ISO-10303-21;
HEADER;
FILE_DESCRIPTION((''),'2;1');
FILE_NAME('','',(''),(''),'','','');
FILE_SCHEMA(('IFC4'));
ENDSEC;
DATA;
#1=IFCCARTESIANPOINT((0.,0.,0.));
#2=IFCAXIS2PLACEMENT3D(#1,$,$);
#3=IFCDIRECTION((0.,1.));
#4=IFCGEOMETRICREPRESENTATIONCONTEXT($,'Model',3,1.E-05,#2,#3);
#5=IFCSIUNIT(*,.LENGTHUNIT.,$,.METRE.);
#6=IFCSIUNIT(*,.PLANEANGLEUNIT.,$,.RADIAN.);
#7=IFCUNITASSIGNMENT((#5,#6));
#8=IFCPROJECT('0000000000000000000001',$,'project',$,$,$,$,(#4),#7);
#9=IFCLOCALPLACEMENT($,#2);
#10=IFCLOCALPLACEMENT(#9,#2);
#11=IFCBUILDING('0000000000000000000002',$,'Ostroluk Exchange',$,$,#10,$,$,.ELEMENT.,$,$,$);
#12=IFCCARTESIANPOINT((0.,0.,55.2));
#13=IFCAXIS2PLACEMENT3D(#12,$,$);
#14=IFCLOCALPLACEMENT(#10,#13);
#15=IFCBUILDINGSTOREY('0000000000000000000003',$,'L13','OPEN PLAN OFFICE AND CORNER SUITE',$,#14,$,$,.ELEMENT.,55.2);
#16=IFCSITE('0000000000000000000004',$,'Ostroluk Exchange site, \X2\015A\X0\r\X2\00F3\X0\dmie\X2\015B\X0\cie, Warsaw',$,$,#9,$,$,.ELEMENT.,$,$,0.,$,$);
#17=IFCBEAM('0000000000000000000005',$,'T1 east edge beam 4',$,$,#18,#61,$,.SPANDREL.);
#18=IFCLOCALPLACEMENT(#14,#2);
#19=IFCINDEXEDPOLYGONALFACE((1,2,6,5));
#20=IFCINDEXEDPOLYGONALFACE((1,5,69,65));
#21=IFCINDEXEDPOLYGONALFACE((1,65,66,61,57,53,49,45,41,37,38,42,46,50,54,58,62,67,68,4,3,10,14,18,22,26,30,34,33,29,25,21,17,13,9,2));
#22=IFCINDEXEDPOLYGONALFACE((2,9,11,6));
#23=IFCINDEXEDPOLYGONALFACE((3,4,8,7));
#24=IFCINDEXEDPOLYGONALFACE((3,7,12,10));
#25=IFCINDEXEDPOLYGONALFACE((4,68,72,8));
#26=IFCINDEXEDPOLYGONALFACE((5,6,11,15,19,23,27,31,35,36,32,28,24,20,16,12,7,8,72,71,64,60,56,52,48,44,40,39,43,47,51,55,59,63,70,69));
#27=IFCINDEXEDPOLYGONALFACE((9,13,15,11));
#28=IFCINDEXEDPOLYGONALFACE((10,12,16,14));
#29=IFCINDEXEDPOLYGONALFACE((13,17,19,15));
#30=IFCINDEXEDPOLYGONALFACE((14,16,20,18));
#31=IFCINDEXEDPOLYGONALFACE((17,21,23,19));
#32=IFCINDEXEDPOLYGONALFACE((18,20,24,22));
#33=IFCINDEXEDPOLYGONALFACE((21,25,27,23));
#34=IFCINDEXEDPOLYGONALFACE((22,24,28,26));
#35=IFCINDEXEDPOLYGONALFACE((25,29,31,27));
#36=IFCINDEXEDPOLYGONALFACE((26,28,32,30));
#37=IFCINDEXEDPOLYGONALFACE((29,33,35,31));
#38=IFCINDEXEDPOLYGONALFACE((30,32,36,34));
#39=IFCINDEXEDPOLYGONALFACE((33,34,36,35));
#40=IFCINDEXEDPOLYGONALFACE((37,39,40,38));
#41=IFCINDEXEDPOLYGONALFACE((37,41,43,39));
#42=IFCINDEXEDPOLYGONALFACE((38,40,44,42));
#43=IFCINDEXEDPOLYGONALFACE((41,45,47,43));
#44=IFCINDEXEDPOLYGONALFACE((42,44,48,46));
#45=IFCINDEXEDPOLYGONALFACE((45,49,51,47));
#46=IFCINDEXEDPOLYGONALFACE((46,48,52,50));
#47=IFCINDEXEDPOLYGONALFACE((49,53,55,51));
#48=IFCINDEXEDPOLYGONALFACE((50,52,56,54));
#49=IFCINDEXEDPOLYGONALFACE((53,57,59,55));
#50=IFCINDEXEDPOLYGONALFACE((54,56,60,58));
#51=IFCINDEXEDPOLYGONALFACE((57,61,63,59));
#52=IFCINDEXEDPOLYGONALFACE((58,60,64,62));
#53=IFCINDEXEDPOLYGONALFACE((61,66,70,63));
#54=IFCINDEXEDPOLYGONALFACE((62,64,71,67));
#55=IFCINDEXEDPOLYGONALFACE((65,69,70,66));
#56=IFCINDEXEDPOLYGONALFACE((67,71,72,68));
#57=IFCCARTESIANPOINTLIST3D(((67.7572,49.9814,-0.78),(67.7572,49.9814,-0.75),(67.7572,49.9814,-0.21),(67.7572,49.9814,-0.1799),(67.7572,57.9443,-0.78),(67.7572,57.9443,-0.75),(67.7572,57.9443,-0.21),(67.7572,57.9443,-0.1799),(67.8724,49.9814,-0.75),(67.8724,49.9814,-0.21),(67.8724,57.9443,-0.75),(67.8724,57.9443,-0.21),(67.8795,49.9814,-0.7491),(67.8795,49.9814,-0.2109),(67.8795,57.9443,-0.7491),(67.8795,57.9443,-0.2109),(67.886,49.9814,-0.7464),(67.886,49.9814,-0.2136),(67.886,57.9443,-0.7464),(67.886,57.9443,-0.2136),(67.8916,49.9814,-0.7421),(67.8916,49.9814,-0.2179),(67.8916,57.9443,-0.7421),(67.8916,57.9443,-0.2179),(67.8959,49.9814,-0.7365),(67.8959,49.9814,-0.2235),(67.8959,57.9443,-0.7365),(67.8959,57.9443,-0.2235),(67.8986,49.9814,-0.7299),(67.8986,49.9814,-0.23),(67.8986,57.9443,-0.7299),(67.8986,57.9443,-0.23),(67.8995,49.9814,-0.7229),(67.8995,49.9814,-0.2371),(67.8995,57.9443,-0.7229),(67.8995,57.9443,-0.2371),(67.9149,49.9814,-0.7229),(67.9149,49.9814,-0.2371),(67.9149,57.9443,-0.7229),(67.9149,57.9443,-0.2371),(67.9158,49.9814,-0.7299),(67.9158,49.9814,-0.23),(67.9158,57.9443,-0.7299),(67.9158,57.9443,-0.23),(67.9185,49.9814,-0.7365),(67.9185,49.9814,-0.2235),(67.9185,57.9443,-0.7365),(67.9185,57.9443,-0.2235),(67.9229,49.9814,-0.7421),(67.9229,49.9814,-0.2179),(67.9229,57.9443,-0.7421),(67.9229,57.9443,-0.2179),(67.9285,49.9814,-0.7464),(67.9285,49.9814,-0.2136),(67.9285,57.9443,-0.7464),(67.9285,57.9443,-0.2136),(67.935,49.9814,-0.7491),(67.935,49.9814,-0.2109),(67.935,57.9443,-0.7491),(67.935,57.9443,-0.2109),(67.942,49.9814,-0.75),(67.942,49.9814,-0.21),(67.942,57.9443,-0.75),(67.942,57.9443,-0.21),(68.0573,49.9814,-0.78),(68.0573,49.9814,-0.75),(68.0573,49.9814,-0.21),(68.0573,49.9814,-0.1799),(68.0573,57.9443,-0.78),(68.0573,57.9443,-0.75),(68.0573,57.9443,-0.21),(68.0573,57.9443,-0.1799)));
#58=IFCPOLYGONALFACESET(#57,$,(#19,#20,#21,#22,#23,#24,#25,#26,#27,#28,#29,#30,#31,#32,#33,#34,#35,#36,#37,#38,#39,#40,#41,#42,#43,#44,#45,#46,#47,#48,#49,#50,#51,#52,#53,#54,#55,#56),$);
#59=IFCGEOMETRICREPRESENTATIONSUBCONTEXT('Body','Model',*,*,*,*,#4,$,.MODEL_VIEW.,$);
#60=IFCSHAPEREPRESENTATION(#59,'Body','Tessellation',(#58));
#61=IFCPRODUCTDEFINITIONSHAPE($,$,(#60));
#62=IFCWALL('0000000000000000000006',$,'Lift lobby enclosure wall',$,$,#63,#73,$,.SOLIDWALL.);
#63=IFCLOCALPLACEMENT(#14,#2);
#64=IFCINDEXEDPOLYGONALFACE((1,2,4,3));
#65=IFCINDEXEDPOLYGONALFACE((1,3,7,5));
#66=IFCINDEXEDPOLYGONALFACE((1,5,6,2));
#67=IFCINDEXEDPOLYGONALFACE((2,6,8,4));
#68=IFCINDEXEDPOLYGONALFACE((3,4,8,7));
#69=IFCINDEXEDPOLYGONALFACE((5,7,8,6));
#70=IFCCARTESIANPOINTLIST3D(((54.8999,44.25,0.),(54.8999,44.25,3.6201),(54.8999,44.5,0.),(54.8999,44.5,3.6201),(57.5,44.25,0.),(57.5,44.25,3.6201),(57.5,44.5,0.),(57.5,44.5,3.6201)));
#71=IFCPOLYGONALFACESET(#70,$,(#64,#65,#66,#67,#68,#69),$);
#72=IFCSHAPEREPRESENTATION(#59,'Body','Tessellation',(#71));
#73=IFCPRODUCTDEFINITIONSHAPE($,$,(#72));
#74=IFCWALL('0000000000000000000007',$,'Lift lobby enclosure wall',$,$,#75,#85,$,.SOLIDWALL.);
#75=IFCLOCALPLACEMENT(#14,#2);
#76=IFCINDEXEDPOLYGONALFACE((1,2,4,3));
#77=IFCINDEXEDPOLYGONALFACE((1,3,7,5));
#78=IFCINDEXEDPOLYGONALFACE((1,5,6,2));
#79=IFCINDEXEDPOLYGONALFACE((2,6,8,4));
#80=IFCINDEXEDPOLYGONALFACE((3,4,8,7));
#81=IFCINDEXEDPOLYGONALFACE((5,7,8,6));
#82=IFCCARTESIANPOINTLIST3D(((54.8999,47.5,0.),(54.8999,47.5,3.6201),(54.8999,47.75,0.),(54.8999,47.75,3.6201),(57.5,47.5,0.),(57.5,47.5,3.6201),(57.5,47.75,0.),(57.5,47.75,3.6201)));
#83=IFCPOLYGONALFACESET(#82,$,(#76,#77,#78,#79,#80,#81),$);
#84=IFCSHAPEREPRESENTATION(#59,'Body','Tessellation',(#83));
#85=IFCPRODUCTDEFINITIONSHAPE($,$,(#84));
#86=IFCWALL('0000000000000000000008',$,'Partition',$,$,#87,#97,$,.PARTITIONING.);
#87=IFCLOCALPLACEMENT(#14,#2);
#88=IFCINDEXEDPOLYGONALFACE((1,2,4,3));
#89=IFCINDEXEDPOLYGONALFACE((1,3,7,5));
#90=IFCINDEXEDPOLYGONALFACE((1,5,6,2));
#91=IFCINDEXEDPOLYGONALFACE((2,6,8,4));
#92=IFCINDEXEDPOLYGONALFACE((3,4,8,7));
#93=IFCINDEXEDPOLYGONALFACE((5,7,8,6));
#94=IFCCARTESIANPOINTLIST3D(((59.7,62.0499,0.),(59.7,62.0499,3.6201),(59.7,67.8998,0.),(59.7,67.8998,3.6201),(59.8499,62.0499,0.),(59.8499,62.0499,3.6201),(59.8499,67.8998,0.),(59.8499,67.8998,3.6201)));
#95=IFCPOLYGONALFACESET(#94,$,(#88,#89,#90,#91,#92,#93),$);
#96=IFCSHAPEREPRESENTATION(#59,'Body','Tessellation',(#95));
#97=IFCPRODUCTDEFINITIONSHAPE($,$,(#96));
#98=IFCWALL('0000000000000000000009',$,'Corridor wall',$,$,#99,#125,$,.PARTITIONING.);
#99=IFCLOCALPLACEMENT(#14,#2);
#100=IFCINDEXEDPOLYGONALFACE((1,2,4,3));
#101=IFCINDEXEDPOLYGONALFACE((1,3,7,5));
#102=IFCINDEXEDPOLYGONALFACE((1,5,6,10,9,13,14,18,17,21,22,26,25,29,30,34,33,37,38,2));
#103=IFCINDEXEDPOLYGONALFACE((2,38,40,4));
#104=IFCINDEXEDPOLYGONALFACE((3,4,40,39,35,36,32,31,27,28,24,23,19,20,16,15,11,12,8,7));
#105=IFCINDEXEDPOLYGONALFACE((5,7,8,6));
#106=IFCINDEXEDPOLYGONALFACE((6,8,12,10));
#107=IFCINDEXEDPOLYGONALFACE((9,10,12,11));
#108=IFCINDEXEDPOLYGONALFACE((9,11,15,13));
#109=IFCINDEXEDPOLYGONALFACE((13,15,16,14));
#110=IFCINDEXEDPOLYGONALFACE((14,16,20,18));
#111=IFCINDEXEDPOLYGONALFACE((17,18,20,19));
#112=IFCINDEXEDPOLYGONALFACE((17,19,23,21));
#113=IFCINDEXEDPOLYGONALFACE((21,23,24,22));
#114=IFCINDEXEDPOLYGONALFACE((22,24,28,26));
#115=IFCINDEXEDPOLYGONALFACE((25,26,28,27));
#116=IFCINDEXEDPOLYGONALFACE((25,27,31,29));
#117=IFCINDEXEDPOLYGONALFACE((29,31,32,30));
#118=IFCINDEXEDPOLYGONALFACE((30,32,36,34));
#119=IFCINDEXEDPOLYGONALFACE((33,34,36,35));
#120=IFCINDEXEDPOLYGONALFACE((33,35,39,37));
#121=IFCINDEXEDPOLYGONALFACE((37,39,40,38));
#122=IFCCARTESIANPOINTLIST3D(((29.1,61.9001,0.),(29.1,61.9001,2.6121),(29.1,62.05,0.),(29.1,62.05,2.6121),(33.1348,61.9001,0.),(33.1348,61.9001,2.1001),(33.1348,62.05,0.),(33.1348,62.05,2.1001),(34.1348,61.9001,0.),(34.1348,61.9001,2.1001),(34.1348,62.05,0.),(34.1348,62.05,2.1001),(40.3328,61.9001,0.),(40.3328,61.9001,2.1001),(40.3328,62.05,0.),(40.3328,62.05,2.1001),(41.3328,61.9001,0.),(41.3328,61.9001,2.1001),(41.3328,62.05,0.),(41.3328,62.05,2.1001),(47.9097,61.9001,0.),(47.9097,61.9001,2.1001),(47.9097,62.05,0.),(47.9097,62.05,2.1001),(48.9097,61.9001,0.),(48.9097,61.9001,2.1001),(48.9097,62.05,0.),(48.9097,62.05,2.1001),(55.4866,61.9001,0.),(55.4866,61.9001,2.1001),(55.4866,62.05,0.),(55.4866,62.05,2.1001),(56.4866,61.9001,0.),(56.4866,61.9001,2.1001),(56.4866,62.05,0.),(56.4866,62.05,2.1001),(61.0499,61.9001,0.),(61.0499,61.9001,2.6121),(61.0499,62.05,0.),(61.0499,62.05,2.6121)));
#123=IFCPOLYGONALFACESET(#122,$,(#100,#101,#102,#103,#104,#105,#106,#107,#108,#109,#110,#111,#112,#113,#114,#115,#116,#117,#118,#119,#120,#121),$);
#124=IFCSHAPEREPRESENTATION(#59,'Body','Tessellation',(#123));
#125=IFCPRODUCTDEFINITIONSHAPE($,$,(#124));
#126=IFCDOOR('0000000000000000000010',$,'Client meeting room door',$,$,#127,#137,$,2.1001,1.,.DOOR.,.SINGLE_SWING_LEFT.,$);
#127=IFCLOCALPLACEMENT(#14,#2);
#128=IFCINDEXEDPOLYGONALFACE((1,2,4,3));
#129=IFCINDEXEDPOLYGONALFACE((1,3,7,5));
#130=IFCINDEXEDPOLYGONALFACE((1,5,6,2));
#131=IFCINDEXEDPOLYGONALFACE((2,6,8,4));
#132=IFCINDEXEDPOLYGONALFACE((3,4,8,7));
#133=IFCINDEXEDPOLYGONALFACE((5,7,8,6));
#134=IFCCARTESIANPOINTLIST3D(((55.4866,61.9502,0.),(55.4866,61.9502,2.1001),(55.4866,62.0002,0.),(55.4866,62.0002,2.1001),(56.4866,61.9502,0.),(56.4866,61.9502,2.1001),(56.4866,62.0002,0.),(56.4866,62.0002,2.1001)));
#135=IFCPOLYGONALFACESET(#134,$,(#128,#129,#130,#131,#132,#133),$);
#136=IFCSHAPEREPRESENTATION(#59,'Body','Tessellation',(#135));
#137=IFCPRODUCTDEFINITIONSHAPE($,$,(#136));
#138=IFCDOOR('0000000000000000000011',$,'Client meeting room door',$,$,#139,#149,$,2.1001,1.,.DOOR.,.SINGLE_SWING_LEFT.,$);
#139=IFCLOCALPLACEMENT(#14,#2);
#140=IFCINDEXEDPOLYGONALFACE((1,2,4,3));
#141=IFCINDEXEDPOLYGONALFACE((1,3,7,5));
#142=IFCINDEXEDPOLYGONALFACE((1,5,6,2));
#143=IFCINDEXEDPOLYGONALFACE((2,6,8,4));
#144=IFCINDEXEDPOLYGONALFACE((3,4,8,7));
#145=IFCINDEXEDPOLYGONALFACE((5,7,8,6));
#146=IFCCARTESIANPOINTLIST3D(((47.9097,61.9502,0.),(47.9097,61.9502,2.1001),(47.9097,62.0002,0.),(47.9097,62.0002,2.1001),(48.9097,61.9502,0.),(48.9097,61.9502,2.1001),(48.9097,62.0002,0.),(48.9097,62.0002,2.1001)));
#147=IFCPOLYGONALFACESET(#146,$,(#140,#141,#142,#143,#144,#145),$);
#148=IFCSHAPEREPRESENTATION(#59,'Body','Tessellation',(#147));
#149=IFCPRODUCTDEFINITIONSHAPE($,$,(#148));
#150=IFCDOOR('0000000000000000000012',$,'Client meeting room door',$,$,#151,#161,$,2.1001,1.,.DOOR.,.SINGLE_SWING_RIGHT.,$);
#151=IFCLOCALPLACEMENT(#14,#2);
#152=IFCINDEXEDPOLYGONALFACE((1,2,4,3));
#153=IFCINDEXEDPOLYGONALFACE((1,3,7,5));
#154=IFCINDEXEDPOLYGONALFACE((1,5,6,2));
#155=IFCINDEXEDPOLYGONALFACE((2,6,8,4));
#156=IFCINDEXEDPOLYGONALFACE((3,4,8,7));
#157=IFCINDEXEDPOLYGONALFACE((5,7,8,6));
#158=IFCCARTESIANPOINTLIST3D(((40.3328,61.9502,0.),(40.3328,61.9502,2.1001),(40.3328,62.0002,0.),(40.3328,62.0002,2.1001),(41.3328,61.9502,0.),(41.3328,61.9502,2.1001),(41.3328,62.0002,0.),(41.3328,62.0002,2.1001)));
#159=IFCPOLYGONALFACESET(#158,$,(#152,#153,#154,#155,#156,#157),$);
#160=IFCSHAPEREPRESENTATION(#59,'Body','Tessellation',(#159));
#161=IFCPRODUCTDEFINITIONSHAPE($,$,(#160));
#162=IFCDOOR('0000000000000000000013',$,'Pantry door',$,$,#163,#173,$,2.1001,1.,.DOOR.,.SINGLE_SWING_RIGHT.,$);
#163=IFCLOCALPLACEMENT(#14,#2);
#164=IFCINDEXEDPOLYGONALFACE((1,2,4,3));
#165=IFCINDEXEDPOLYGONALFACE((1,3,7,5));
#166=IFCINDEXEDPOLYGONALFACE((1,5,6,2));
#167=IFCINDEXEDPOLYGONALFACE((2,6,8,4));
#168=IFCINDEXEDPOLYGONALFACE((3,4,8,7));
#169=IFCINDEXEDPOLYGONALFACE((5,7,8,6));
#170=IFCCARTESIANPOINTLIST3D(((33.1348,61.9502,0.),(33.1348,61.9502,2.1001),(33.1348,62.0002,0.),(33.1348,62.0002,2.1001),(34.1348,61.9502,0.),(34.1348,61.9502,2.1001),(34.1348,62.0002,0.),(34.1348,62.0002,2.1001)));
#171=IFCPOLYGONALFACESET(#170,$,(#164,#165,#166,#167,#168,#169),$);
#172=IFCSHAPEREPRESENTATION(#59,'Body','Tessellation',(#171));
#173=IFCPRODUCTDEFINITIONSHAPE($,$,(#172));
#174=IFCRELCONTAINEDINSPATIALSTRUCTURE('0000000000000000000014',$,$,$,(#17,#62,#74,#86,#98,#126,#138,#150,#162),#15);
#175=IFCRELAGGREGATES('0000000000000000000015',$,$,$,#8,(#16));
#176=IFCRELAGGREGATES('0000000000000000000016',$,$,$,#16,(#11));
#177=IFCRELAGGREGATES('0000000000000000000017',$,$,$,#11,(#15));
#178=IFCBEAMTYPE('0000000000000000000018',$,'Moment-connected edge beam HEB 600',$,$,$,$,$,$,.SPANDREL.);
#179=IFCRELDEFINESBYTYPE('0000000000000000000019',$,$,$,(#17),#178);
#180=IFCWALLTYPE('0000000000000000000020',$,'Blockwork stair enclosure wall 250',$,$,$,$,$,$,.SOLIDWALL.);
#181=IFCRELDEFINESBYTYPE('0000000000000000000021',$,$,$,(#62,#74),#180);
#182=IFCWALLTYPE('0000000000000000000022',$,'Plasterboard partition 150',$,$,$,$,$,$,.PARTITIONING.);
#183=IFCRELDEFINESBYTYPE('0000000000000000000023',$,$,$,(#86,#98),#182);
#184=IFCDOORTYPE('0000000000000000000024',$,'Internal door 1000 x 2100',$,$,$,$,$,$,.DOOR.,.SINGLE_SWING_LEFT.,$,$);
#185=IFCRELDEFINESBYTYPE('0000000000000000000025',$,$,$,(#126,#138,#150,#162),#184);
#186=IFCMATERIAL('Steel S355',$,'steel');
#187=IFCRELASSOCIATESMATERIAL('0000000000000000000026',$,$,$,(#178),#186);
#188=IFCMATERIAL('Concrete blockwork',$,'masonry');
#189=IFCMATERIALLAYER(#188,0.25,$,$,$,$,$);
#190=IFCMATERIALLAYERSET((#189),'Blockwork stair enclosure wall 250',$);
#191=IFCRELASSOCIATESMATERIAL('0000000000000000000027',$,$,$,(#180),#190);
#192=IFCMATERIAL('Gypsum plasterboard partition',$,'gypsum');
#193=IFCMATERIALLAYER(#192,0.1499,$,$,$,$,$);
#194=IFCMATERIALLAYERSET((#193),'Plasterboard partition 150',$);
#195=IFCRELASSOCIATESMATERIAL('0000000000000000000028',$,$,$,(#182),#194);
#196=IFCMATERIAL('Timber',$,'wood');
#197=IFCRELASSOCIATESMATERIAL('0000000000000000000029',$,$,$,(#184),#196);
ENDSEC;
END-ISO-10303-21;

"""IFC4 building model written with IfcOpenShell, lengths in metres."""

from ifc_helpers import new_model, si_unit, direction, frame, frame_2d, origin, origin_2d, place, context, subcontext, project, spatial, rectangle, i_section, extrude, material, layer, layer_set, material_profile, profile_set, type_object, element, fill, save


model = new_model("IFC4")

# Units and contexts
model_context = context("Model", 3, precision=1e-05, world=origin(), true_north=direction((0.0, 1.0)))
body_context = subcontext(model_context, "Body", "Model", "MODEL_VIEW")
ifc_project = project(units=[si_unit("LENGTHUNIT", "METRE"), si_unit("PLANEANGLEUNIT", "RADIAN")], contexts=[model_context])

# Site, building, storey
site_placement = place(None, origin())
site = spatial("IfcSite", under=ifc_project, at=site_placement, Name="Ostroluk Exchange site, Śródmieście, Warsaw", CompositionType="ELEMENT", RefElevation=0.0)
building_placement = place(site_placement, origin())
building = spatial("IfcBuilding", under=site, at=building_placement, Name="Ostroluk Exchange", CompositionType="ELEMENT")
storey_placement = place(building_placement, frame((0.0, 0.0, 55.2)))
storey = spatial("IfcBuildingStorey", under=building, at=storey_placement, Name="L13", Description="OPEN PLAN OFFICE AND CORNER SUITE", CompositionType="ELEMENT", Elevation=55.2)

# Beam
ifc_material_1 = material(Name="Steel S355", Category="steel")
ifc_material_profile_1 = material_profile(ifc_material_1, i_section(OverallWidth=0.3, OverallDepth=0.6001, WebThickness=0.0154, FlangeThickness=0.03, FilletRadius=0.0271, at=origin_2d()), Name="HEB 600")
ifc_profile_set_1 = profile_set([ifc_material_profile_1], Name="Steel S355")
beam_type_1 = type_object("IfcBeamType", Name="Moment-connected edge beam HEB 600", PredefinedType="SPANDREL", material=ifc_profile_set_1)
beam_1_placement = place(storey_placement, frame((67.9072, 49.9814, -0.48), z_axis=(0.0, 1.0, 0.0), x_axis=(-1.0, 0.0, 0.0)))
element("IfcBeam", 1, at=beam_1_placement, inside=storey, type_object=beam_type_1, Name="T1 east edge beam 4", PredefinedType="SPANDREL", context=body_context, shape_type="SweptSolid", body=[
    extrude(i_section(OverallWidth=0.3, OverallDepth=0.6001, WebThickness=0.0154, FlangeThickness=0.03, FilletRadius=0.0271, at=origin_2d()), origin(), (0.0, 0.0, 1.0), 7.9629),
])

# Walls
ifc_material_2 = material(Name="Concrete blockwork", Category="masonry")
ifc_layer_1 = layer(ifc_material_2, 0.25)
ifc_layer_set_1 = layer_set([ifc_layer_1], Name="Blockwork stair enclosure wall 250")
wall_type_1 = type_object("IfcWallType", Name="Blockwork stair enclosure wall 250", PredefinedType="SOLIDWALL", material=ifc_layer_set_1)
for number, where, z_axis, x_axis, name in (
    (2, (54.8999, 44.375, 0.0), (0.0, 0.0, 1.0), (1.0, 0.0, 0.0), "Lift lobby enclosure wall"),
    (3, (54.8999, 47.625, 0.0), (0.0, 0.0, 1.0), (1.0, 0.0, 0.0), "Lift lobby enclosure wall"),
):
    element("IfcWall", number, at=place(storey_placement, frame(where, z_axis=z_axis, x_axis=x_axis)), inside=storey, type_object=wall_type_1, Name=name, PredefinedType="SOLIDWALL", context=body_context, shape_type="SweptSolid", body=[
        extrude(rectangle(XDim=2.6001, YDim=0.25, at=frame_2d((1.3, 0.0))), origin(), (0.0, 0.0, 1.0), 3.6201),
    ])
ifc_material_3 = material(Name="Gypsum plasterboard partition", Category="gypsum")
ifc_layer_2 = layer(ifc_material_3, 0.1499)
ifc_layer_set_2 = layer_set([ifc_layer_2], Name="Plasterboard partition 150")
wall_type_2 = type_object("IfcWallType", Name="Plasterboard partition 150", PredefinedType="PARTITIONING", material=ifc_layer_set_2)
wall_1_placement = place(storey_placement, frame((59.7749, 62.05, 0.0), z_axis=(0.0, 0.0, 1.0), x_axis=(0.0, 1.0, 0.0)))
element("IfcWall", 4, at=wall_1_placement, inside=storey, type_object=wall_type_2, Name="Partition", PredefinedType="PARTITIONING", context=body_context, shape_type="SweptSolid", body=[
    extrude(rectangle(XDim=5.8499, YDim=0.1499, at=frame_2d((2.9248, 0.0))), origin(), (0.0, 0.0, 1.0), 3.6201),
])

# Wall, openings, doors
wall_2_placement = place(storey_placement, frame((61.05, 61.9751, 0.0), z_axis=(0.0, 0.0, 1.0), x_axis=(-1.0, 0.0, 0.0)))
wall_2 = element("IfcWall", 5, at=wall_2_placement, inside=storey, type_object=wall_type_2, Name="Corridor wall", PredefinedType="PARTITIONING", context=body_context, shape_type="SweptSolid", body=[
    extrude(rectangle(XDim=31.95, YDim=0.1499, at=frame_2d((15.9751, 0.0))), origin(), (0.0, 0.0, 1.0), 2.6121),
])
opening_1_placement = place(wall_2_placement, frame((4.5635, 0.0, 0.0)))
opening_1 = element("IfcOpeningElement", 6, at=opening_1_placement, cuts=wall_2, PredefinedType="OPENING", context=body_context, shape_type="SweptSolid", body=[
    extrude(rectangle(XDim=1.0, YDim=2.1001, at=frame_2d((0.5, 1.05))), frame((0.0, 0.085, 0.0), z_axis=(0.0, -1.0, 0.0), x_axis=(1.0, 0.0, 0.0)), (0.0, 0.0, 1.0), 0.1699),
])
opening_2_placement = place(wall_2_placement, frame((12.1404, 0.0, 0.0)))
opening_2 = element("IfcOpeningElement", 7, at=opening_2_placement, cuts=wall_2, PredefinedType="OPENING", context=body_context, shape_type="SweptSolid", body=[
    extrude(rectangle(XDim=1.0, YDim=2.1001, at=frame_2d((0.5, 1.05))), frame((0.0, 0.085, 0.0), z_axis=(0.0, -1.0, 0.0), x_axis=(1.0, 0.0, 0.0)), (0.0, 0.0, 1.0), 0.1699),
])
opening_3_placement = place(wall_2_placement, frame((19.7173, 0.0, 0.0)))
opening_3 = element("IfcOpeningElement", 8, at=opening_3_placement, cuts=wall_2, PredefinedType="OPENING", context=body_context, shape_type="SweptSolid", body=[
    extrude(rectangle(XDim=1.0, YDim=2.1001, at=frame_2d((0.5, 1.05))), frame((0.0, 0.085, 0.0), z_axis=(0.0, -1.0, 0.0), x_axis=(1.0, 0.0, 0.0)), (0.0, 0.0, 1.0), 0.1699),
])
opening_4_placement = place(wall_2_placement, frame((26.9153, 0.0, 0.0)))
opening_4 = element("IfcOpeningElement", 9, at=opening_4_placement, cuts=wall_2, PredefinedType="OPENING", context=body_context, shape_type="SweptSolid", body=[
    extrude(rectangle(XDim=1.0, YDim=2.1001, at=frame_2d((0.5, 1.05))), frame((0.0, 0.085, 0.0), z_axis=(0.0, -1.0, 0.0), x_axis=(1.0, 0.0, 0.0)), (0.0, 0.0, 1.0), 0.1699),
])
ifc_material_4 = material(Name="Timber", Category="wood")
door_type = type_object("IfcDoorType", Name="Internal door 1000 x 2100", OperationType="SINGLE_SWING_LEFT", PredefinedType="DOOR", material=ifc_material_4)
door_1_placement = place(opening_1_placement, origin())
door_1 = element("IfcDoor", 10, at=door_1_placement, inside=storey, type_object=door_type, Name="Client meeting room door", OperationType="SINGLE_SWING_LEFT", OverallHeight=2.1001, OverallWidth=1.0, PredefinedType="DOOR", context=body_context, shape_type="SweptSolid", body=[
    extrude(rectangle(XDim=1.0, YDim=2.1001, at=frame_2d((0.5, 1.05))), frame((0.0, 0.0249, 0.0), z_axis=(0.0, -1.0, 0.0), x_axis=(1.0, 0.0, 0.0)), (0.0, 0.0, 1.0), 0.05),
])
fill(opening_1, door_1)
door_2_placement = place(opening_2_placement, origin())
door_2 = element("IfcDoor", 11, at=door_2_placement, inside=storey, type_object=door_type, Name="Client meeting room door", OperationType="SINGLE_SWING_LEFT", OverallHeight=2.1001, OverallWidth=1.0, PredefinedType="DOOR", context=body_context, shape_type="SweptSolid", body=[
    extrude(rectangle(XDim=1.0, YDim=2.1001, at=frame_2d((0.5, 1.05))), frame((0.0, 0.0249, 0.0), z_axis=(0.0, -1.0, 0.0), x_axis=(1.0, 0.0, 0.0)), (0.0, 0.0, 1.0), 0.05),
])
fill(opening_2, door_2)
door_3_placement = place(opening_3_placement, origin())
door_3 = element("IfcDoor", 12, at=door_3_placement, inside=storey, type_object=door_type, Name="Client meeting room door", OperationType="SINGLE_SWING_RIGHT", OverallHeight=2.1001, OverallWidth=1.0, PredefinedType="DOOR", context=body_context, shape_type="SweptSolid", body=[
    extrude(rectangle(XDim=1.0, YDim=2.1001, at=frame_2d((0.5, 1.05))), frame((0.0, 0.0249, 0.0), z_axis=(0.0, -1.0, 0.0), x_axis=(1.0, 0.0, 0.0)), (0.0, 0.0, 1.0), 0.05),
])
fill(opening_3, door_3)
door_4_placement = place(opening_4_placement, origin())
door_4 = element("IfcDoor", 13, at=door_4_placement, inside=storey, type_object=door_type, Name="Pantry door", OperationType="SINGLE_SWING_RIGHT", OverallHeight=2.1001, OverallWidth=1.0, PredefinedType="DOOR", context=body_context, shape_type="SweptSolid", body=[
    extrude(rectangle(XDim=1.0, YDim=2.1001, at=frame_2d((0.5, 1.05))), frame((0.0, 0.0249, 0.0), z_axis=(0.0, -1.0, 0.0), x_axis=(1.0, 0.0, 0.0)), (0.0, 0.0, 1.0), 0.05),
])
fill(opening_4, door_4)

save(model, "model.ifc")
